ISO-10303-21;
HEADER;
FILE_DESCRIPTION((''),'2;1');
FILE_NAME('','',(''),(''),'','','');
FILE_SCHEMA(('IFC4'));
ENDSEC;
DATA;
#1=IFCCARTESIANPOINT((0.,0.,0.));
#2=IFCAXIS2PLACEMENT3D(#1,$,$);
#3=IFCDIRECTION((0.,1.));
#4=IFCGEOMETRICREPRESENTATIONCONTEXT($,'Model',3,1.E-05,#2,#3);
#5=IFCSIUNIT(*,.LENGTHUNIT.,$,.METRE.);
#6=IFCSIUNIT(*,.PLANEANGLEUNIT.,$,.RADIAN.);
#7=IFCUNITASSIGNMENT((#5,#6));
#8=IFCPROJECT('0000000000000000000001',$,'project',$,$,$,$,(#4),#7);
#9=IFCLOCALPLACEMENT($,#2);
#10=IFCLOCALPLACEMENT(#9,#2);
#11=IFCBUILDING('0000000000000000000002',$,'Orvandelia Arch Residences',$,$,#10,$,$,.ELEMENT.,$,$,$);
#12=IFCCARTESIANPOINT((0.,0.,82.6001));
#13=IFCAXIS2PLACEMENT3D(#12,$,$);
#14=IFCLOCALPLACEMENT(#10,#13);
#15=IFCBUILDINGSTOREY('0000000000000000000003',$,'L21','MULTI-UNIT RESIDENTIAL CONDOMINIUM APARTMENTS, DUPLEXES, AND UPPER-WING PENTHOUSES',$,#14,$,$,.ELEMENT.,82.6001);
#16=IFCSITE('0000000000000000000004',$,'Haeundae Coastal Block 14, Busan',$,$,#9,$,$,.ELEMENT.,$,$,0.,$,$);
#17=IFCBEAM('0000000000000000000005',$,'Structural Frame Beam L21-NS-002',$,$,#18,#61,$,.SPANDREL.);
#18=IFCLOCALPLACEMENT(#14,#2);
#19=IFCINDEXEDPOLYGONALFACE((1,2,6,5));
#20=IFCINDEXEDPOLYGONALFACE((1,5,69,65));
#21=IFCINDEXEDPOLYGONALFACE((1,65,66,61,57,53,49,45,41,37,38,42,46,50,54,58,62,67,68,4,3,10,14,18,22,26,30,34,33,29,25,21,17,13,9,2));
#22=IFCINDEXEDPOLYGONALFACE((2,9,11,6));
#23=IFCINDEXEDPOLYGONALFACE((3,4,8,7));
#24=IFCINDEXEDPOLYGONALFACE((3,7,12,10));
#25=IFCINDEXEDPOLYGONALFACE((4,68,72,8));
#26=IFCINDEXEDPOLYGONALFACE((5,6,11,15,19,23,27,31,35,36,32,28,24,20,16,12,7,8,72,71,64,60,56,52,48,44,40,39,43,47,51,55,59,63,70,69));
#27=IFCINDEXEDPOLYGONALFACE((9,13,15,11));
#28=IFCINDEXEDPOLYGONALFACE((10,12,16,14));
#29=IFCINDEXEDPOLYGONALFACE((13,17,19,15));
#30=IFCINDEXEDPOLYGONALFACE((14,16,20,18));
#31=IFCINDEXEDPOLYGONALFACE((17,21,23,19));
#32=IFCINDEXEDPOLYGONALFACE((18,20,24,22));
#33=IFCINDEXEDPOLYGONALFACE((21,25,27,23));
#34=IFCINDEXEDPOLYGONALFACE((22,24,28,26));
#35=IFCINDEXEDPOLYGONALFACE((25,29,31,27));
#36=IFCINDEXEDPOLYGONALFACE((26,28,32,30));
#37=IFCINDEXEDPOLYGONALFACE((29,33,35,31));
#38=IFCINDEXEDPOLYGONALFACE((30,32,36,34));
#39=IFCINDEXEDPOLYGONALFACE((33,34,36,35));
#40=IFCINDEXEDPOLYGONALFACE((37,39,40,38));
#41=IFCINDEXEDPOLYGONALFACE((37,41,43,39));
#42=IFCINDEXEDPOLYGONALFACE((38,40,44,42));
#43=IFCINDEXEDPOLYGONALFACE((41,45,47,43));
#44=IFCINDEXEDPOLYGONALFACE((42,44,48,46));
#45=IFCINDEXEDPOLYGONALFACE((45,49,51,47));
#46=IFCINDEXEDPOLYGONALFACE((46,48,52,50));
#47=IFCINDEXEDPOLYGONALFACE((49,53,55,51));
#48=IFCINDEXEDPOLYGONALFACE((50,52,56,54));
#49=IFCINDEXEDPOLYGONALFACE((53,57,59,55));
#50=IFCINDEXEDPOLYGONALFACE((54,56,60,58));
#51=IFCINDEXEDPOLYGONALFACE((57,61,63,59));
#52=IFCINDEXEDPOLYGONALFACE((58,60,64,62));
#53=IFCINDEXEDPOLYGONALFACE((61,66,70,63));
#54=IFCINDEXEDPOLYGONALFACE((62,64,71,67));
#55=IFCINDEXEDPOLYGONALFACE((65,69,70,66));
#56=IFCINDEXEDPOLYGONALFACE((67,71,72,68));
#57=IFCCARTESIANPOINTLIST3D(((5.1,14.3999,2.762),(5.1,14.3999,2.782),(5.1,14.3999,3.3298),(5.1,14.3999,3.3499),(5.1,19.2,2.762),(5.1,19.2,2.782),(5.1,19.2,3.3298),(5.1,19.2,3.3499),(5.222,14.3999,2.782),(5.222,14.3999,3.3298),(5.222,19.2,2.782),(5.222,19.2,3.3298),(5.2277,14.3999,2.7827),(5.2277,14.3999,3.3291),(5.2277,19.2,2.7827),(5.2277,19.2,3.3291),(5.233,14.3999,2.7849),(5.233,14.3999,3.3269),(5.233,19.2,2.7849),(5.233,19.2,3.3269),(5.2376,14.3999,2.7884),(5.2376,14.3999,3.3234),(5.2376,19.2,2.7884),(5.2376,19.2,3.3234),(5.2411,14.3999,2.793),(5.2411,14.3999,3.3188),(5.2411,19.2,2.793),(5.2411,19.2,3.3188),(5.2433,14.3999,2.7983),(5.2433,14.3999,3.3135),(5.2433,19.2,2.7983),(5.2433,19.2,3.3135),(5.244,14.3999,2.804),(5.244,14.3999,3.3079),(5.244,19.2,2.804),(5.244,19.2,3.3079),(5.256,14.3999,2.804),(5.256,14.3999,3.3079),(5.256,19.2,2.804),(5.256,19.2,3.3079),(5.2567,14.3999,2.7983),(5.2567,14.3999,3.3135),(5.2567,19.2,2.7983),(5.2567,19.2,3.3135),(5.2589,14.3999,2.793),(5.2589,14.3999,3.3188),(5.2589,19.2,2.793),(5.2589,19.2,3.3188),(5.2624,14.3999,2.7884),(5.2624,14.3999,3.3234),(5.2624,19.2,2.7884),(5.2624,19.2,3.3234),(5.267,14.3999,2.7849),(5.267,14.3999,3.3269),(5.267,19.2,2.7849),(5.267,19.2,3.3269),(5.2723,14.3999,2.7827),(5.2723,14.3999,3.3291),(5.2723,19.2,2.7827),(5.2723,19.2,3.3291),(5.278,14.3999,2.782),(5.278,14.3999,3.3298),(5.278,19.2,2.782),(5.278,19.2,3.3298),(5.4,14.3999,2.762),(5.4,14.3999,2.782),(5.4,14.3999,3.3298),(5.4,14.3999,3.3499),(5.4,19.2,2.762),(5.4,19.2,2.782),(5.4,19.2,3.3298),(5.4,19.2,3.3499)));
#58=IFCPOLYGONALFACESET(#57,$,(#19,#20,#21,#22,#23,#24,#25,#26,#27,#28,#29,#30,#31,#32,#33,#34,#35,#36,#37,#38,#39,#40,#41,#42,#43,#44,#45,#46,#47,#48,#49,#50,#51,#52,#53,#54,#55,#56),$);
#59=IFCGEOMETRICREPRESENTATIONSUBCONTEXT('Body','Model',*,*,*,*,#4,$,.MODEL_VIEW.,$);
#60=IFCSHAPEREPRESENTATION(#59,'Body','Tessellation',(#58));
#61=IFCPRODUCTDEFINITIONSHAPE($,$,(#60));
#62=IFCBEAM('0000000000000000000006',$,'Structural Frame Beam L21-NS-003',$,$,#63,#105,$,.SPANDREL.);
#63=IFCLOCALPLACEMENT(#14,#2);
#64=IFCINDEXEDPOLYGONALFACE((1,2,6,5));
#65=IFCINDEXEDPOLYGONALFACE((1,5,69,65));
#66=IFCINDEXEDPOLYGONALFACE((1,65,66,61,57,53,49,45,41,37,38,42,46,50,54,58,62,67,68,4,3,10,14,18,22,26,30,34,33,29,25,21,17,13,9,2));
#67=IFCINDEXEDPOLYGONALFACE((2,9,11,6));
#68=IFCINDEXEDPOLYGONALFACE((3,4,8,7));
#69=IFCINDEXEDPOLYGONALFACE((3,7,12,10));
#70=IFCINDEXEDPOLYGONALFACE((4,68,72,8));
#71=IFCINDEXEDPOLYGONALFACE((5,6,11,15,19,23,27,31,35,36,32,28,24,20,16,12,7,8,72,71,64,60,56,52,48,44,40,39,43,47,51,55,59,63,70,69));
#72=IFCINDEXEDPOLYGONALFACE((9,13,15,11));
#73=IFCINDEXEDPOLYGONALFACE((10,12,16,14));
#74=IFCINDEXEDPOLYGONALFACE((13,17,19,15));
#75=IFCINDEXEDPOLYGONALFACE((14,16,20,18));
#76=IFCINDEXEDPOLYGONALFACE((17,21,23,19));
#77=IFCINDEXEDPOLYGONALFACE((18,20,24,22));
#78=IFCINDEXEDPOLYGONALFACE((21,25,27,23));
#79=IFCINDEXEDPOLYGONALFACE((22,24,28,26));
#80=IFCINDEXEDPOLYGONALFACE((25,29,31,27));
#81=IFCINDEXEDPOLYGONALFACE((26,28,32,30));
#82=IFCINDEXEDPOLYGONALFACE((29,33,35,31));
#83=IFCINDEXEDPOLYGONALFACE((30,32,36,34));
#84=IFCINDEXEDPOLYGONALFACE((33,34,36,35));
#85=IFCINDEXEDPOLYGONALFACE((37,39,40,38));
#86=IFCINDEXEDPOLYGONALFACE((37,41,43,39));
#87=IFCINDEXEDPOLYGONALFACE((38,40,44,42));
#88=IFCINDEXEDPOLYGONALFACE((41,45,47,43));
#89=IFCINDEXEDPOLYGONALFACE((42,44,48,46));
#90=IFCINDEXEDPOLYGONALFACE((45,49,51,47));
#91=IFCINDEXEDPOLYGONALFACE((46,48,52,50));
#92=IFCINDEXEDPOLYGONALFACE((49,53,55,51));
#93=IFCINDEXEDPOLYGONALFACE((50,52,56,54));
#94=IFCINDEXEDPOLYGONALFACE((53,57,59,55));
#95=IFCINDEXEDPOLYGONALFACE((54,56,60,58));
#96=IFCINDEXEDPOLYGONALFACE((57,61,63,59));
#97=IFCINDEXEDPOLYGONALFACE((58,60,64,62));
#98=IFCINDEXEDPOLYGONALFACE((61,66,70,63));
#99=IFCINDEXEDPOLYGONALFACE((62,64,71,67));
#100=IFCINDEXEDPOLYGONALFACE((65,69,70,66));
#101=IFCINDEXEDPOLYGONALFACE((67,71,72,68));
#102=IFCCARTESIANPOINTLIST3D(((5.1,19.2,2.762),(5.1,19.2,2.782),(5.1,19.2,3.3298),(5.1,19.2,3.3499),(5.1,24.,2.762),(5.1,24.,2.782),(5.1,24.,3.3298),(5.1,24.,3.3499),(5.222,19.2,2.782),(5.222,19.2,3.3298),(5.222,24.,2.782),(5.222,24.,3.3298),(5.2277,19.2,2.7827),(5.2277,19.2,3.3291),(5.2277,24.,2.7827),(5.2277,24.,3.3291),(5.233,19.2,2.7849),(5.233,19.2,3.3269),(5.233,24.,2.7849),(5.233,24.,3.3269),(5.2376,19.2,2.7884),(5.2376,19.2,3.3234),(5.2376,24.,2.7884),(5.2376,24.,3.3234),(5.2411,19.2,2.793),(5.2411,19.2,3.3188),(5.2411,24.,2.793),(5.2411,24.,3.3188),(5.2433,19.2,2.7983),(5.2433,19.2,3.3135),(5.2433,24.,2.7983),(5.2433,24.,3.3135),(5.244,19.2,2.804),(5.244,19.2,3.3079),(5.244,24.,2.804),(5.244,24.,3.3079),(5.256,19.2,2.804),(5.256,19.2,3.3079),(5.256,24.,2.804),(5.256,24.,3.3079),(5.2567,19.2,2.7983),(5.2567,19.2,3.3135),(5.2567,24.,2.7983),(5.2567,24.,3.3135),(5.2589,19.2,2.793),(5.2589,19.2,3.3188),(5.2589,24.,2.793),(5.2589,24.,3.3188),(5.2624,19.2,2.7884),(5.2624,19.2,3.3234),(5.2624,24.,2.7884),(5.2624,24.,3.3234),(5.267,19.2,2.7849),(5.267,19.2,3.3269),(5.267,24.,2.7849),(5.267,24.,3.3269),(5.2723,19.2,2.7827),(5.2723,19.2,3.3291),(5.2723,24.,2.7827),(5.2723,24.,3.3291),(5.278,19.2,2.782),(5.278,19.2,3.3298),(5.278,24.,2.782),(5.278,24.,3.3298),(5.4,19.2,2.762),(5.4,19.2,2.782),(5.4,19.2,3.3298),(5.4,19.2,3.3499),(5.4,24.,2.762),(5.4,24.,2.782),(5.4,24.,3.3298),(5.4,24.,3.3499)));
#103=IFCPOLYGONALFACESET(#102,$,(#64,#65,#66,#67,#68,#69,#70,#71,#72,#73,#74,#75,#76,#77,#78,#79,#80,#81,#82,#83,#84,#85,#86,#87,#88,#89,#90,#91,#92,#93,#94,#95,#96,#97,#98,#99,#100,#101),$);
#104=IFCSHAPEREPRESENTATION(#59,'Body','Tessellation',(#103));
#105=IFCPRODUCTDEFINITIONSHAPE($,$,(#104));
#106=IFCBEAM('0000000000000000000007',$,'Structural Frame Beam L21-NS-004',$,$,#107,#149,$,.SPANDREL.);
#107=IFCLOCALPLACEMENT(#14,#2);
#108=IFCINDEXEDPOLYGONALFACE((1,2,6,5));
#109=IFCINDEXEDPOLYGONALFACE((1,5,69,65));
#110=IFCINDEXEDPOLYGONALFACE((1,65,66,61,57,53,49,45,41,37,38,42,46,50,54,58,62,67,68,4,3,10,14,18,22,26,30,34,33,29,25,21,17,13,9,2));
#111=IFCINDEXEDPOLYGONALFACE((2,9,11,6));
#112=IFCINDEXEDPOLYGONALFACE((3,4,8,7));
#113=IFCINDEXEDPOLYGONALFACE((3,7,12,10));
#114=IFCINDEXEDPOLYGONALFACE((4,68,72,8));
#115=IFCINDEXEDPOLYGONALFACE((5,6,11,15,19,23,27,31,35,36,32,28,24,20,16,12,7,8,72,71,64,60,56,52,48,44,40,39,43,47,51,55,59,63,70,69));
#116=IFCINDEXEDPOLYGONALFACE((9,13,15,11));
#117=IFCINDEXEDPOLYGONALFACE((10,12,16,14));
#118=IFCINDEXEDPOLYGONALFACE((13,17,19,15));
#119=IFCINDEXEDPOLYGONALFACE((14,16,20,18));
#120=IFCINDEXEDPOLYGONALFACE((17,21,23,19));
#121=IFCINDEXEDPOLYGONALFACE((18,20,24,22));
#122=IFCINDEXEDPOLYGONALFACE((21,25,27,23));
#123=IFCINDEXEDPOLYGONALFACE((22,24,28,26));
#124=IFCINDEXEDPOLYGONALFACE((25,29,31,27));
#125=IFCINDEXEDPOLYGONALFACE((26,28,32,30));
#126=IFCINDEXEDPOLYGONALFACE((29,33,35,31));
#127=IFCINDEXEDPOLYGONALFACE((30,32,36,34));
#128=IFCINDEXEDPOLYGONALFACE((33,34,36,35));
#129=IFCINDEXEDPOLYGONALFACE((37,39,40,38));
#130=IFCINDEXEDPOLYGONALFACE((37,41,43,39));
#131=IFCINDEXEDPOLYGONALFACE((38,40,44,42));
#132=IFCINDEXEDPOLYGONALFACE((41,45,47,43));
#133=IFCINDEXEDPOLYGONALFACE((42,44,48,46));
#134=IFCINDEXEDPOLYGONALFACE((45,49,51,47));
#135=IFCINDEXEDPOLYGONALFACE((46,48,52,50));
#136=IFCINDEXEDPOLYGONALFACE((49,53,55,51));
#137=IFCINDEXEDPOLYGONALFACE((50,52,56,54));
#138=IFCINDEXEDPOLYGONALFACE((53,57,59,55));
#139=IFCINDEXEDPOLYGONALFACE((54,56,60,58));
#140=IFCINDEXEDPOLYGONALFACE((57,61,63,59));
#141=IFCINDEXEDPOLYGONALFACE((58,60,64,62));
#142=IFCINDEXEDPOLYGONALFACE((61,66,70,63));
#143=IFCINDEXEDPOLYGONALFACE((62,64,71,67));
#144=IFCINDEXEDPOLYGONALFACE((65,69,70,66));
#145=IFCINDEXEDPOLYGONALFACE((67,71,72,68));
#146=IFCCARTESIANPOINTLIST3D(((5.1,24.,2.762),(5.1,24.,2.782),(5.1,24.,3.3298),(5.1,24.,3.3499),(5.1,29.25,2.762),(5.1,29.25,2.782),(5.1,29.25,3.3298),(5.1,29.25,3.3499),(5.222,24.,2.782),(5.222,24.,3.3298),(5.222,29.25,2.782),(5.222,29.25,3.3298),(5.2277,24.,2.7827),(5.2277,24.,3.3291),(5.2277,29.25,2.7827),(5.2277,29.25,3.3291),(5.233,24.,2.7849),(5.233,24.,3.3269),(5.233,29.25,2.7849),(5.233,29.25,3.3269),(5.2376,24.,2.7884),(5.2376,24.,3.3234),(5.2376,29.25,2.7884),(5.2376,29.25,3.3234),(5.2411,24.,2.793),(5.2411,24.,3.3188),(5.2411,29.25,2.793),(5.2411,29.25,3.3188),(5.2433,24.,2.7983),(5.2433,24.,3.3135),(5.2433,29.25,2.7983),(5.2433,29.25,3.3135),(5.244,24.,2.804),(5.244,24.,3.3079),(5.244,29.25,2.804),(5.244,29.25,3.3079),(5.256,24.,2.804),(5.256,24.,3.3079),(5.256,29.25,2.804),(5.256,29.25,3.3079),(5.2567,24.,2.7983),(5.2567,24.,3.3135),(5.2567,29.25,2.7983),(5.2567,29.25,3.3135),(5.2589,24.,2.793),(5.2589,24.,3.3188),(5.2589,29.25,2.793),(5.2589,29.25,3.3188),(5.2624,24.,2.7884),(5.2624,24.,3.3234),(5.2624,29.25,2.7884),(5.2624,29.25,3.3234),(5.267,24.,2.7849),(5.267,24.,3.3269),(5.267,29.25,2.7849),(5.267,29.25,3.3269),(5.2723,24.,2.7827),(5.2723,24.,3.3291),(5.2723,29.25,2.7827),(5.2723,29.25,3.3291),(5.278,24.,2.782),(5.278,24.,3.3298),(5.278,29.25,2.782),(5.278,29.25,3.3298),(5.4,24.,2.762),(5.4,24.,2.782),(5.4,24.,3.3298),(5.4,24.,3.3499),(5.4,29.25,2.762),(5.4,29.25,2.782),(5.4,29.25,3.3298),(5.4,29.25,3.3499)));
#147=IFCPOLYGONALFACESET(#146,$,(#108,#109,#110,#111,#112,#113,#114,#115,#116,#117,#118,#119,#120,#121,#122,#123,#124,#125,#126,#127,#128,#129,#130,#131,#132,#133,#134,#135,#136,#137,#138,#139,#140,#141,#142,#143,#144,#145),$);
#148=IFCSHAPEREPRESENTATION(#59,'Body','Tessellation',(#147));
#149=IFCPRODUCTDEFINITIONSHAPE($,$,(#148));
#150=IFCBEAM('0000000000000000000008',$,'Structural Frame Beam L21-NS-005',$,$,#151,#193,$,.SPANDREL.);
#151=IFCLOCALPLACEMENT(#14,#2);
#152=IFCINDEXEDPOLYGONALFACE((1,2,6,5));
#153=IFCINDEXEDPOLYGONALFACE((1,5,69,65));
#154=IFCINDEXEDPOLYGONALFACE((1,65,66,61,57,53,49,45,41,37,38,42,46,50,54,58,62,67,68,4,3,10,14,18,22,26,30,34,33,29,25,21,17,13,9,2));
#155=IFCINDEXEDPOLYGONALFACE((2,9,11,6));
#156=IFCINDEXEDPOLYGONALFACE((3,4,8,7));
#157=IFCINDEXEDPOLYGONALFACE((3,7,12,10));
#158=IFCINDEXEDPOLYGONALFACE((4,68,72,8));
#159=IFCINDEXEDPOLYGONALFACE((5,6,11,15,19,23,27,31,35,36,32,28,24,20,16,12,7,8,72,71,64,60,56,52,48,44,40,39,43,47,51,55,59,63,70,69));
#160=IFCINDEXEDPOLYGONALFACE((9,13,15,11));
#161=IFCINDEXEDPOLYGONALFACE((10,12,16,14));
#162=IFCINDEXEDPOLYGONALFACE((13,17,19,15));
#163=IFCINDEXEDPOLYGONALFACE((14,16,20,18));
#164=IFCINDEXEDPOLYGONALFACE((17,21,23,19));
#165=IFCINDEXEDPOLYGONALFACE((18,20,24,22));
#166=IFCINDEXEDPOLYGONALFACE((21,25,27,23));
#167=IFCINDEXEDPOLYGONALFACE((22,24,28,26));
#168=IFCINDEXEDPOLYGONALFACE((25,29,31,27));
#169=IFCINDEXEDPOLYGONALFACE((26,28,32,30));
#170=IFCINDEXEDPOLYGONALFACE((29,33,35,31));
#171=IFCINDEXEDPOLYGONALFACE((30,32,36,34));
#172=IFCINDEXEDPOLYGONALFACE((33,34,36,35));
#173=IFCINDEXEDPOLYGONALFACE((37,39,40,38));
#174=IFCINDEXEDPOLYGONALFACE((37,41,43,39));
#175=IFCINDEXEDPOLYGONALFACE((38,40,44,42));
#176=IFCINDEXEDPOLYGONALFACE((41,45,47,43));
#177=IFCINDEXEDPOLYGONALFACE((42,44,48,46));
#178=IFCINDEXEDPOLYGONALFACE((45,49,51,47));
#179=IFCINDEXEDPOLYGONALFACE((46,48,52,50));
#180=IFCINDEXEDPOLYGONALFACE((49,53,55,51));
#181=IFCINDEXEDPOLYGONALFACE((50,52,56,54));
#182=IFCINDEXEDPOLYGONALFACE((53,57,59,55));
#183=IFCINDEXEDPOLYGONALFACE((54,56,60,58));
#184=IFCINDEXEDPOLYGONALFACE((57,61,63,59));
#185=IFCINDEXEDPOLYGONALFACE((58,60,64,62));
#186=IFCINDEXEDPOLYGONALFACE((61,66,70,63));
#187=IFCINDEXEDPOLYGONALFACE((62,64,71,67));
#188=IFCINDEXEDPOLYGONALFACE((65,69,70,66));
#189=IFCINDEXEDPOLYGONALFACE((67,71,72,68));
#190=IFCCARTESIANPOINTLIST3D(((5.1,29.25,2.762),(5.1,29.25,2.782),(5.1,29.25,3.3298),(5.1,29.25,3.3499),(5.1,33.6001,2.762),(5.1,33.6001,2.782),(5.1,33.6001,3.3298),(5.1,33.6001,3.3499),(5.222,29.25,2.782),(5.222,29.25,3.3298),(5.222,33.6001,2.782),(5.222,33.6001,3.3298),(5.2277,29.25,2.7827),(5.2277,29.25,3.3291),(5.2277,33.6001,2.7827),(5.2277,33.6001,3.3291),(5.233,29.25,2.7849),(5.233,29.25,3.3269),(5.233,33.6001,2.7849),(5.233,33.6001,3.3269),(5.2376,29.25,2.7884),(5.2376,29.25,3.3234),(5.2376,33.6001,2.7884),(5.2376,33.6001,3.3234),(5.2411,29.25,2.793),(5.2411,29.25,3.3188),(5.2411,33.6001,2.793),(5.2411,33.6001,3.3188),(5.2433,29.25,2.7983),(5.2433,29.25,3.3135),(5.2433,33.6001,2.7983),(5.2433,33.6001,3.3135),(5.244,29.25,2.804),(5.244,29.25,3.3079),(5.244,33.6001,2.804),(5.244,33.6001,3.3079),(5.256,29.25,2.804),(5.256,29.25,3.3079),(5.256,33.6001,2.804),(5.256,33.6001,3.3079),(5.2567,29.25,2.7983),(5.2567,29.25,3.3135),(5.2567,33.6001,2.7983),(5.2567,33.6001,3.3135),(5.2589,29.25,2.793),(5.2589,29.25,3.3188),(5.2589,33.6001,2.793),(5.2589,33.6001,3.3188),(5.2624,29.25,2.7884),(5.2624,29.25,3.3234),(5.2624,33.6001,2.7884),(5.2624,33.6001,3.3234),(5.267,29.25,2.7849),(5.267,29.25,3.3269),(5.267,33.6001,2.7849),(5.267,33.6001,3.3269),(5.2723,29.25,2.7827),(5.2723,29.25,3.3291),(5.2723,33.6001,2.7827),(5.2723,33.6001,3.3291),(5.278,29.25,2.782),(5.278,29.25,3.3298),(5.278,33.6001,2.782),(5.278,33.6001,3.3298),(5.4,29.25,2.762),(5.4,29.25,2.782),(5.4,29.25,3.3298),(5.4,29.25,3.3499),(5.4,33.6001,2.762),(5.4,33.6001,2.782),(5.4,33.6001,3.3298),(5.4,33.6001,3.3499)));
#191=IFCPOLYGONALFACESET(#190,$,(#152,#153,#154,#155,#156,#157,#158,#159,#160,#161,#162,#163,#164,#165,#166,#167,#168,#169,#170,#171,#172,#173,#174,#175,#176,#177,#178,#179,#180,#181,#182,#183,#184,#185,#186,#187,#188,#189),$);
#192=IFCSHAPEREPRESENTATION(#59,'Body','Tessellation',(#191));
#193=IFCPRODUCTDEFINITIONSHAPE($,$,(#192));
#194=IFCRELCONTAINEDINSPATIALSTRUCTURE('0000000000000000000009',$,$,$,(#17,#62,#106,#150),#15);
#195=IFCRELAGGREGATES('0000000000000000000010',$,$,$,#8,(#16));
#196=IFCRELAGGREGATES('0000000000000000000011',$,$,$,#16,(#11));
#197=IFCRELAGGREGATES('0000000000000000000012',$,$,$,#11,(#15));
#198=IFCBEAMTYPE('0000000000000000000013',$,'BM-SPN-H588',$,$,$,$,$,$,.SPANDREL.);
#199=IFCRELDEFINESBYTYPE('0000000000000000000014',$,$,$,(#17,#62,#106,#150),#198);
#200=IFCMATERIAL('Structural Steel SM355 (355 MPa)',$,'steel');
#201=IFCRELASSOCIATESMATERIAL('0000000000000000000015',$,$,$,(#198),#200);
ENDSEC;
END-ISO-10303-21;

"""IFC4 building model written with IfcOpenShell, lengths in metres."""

from ifc_helpers import new_model, si_unit, direction, frame, origin, origin_2d, place, context, subcontext, project, spatial, i_section, extrude, material, material_profile, profile_set, type_object, element, save


model = new_model("IFC4")

# Units and contexts
model_context = context("Model", 3, precision=1e-05, world=origin(), true_north=direction((0.0, 1.0)))
body_context = subcontext(model_context, "Body", "Model", "MODEL_VIEW")
ifc_project = project(units=[si_unit("LENGTHUNIT", "METRE"), si_unit("PLANEANGLEUNIT", "RADIAN")], contexts=[model_context])

# Site, building, storey
site_placement = place(None, origin())
site = spatial("IfcSite", under=ifc_project, at=site_placement, Name="Haeundae Coastal Block 14, Busan", CompositionType="ELEMENT", RefElevation=0.0)
building_placement = place(site_placement, origin())
building = spatial("IfcBuilding", under=site, at=building_placement, Name="Orvandelia Arch Residences", CompositionType="ELEMENT")
storey_placement = place(building_placement, frame((0.0, 0.0, 82.6001)))
storey = spatial("IfcBuildingStorey", under=building, at=storey_placement, Name="L21", Description="MULTI-UNIT RESIDENTIAL CONDOMINIUM APARTMENTS, DUPLEXES, AND UPPER-WING PENTHOUSES", CompositionType="ELEMENT", Elevation=82.6001)

# Beams
ifc_material_1 = material(Name="Structural Steel SM355 (355 MPa)", Category="steel")
ifc_material_profile_1 = material_profile(ifc_material_1, i_section(OverallWidth=0.3, OverallDepth=0.5879, WebThickness=0.012, FlangeThickness=0.02, FilletRadius=0.022, at=origin_2d()), Name="Structural Steel SM355 (355 MPa)", Category="steel")
ifc_profile_set_1 = profile_set([ifc_material_profile_1], Name="Structural Steel SM355 (355 MPa)")
beam_type_1 = type_object("IfcBeamType", Name="BM-SPN-H588", PredefinedType="SPANDREL", material=ifc_profile_set_1)
for number, where, z_axis, x_axis, name in (
    (1, (5.25, 14.3999, 3.0559), (0.0, 1.0, 0.0), (-1.0, 0.0, 0.0), "Structural Frame Beam L21-NS-002"),
    (2, (5.25, 19.2, 3.0559), (0.0, 1.0, 0.0), (-1.0, 0.0, 0.0), "Structural Frame Beam L21-NS-003"),
):
    element("IfcBeam", number, at=place(storey_placement, frame(where, z_axis=z_axis, x_axis=x_axis)), inside=storey, type_object=beam_type_1, Name=name, PredefinedType="SPANDREL", context=body_context, shape_type="SweptSolid", body=[
        extrude(i_section(OverallWidth=0.3, OverallDepth=0.5879, WebThickness=0.012, FlangeThickness=0.02, FilletRadius=0.022, at=origin_2d()), origin(), (0.0, 0.0, 1.0), 4.8),
    ])
beam_1_placement = place(storey_placement, frame((5.25, 24.0, 3.0559), z_axis=(0.0, 1.0, 0.0), x_axis=(-1.0, 0.0, 0.0)))
element("IfcBeam", 3, at=beam_1_placement, inside=storey, type_object=beam_type_1, Name="Structural Frame Beam L21-NS-004", PredefinedType="SPANDREL", context=body_context, shape_type="SweptSolid", body=[
    extrude(i_section(OverallWidth=0.3, OverallDepth=0.5879, WebThickness=0.012, FlangeThickness=0.02, FilletRadius=0.022, at=origin_2d()), origin(), (0.0, 0.0, 1.0), 5.25),
])
beam_2_placement = place(storey_placement, frame((5.25, 29.25, 3.0559), z_axis=(0.0, 1.0, 0.0), x_axis=(-1.0, 0.0, 0.0)))
element("IfcBeam", 4, at=beam_2_placement, inside=storey, type_object=beam_type_1, Name="Structural Frame Beam L21-NS-005", PredefinedType="SPANDREL", context=body_context, shape_type="SweptSolid", body=[
    extrude(i_section(OverallWidth=0.3, OverallDepth=0.5879, WebThickness=0.012, FlangeThickness=0.02, FilletRadius=0.022, at=origin_2d()), origin(), (0.0, 0.0, 1.0), 4.3501),
])

save(model, "model.ifc")
